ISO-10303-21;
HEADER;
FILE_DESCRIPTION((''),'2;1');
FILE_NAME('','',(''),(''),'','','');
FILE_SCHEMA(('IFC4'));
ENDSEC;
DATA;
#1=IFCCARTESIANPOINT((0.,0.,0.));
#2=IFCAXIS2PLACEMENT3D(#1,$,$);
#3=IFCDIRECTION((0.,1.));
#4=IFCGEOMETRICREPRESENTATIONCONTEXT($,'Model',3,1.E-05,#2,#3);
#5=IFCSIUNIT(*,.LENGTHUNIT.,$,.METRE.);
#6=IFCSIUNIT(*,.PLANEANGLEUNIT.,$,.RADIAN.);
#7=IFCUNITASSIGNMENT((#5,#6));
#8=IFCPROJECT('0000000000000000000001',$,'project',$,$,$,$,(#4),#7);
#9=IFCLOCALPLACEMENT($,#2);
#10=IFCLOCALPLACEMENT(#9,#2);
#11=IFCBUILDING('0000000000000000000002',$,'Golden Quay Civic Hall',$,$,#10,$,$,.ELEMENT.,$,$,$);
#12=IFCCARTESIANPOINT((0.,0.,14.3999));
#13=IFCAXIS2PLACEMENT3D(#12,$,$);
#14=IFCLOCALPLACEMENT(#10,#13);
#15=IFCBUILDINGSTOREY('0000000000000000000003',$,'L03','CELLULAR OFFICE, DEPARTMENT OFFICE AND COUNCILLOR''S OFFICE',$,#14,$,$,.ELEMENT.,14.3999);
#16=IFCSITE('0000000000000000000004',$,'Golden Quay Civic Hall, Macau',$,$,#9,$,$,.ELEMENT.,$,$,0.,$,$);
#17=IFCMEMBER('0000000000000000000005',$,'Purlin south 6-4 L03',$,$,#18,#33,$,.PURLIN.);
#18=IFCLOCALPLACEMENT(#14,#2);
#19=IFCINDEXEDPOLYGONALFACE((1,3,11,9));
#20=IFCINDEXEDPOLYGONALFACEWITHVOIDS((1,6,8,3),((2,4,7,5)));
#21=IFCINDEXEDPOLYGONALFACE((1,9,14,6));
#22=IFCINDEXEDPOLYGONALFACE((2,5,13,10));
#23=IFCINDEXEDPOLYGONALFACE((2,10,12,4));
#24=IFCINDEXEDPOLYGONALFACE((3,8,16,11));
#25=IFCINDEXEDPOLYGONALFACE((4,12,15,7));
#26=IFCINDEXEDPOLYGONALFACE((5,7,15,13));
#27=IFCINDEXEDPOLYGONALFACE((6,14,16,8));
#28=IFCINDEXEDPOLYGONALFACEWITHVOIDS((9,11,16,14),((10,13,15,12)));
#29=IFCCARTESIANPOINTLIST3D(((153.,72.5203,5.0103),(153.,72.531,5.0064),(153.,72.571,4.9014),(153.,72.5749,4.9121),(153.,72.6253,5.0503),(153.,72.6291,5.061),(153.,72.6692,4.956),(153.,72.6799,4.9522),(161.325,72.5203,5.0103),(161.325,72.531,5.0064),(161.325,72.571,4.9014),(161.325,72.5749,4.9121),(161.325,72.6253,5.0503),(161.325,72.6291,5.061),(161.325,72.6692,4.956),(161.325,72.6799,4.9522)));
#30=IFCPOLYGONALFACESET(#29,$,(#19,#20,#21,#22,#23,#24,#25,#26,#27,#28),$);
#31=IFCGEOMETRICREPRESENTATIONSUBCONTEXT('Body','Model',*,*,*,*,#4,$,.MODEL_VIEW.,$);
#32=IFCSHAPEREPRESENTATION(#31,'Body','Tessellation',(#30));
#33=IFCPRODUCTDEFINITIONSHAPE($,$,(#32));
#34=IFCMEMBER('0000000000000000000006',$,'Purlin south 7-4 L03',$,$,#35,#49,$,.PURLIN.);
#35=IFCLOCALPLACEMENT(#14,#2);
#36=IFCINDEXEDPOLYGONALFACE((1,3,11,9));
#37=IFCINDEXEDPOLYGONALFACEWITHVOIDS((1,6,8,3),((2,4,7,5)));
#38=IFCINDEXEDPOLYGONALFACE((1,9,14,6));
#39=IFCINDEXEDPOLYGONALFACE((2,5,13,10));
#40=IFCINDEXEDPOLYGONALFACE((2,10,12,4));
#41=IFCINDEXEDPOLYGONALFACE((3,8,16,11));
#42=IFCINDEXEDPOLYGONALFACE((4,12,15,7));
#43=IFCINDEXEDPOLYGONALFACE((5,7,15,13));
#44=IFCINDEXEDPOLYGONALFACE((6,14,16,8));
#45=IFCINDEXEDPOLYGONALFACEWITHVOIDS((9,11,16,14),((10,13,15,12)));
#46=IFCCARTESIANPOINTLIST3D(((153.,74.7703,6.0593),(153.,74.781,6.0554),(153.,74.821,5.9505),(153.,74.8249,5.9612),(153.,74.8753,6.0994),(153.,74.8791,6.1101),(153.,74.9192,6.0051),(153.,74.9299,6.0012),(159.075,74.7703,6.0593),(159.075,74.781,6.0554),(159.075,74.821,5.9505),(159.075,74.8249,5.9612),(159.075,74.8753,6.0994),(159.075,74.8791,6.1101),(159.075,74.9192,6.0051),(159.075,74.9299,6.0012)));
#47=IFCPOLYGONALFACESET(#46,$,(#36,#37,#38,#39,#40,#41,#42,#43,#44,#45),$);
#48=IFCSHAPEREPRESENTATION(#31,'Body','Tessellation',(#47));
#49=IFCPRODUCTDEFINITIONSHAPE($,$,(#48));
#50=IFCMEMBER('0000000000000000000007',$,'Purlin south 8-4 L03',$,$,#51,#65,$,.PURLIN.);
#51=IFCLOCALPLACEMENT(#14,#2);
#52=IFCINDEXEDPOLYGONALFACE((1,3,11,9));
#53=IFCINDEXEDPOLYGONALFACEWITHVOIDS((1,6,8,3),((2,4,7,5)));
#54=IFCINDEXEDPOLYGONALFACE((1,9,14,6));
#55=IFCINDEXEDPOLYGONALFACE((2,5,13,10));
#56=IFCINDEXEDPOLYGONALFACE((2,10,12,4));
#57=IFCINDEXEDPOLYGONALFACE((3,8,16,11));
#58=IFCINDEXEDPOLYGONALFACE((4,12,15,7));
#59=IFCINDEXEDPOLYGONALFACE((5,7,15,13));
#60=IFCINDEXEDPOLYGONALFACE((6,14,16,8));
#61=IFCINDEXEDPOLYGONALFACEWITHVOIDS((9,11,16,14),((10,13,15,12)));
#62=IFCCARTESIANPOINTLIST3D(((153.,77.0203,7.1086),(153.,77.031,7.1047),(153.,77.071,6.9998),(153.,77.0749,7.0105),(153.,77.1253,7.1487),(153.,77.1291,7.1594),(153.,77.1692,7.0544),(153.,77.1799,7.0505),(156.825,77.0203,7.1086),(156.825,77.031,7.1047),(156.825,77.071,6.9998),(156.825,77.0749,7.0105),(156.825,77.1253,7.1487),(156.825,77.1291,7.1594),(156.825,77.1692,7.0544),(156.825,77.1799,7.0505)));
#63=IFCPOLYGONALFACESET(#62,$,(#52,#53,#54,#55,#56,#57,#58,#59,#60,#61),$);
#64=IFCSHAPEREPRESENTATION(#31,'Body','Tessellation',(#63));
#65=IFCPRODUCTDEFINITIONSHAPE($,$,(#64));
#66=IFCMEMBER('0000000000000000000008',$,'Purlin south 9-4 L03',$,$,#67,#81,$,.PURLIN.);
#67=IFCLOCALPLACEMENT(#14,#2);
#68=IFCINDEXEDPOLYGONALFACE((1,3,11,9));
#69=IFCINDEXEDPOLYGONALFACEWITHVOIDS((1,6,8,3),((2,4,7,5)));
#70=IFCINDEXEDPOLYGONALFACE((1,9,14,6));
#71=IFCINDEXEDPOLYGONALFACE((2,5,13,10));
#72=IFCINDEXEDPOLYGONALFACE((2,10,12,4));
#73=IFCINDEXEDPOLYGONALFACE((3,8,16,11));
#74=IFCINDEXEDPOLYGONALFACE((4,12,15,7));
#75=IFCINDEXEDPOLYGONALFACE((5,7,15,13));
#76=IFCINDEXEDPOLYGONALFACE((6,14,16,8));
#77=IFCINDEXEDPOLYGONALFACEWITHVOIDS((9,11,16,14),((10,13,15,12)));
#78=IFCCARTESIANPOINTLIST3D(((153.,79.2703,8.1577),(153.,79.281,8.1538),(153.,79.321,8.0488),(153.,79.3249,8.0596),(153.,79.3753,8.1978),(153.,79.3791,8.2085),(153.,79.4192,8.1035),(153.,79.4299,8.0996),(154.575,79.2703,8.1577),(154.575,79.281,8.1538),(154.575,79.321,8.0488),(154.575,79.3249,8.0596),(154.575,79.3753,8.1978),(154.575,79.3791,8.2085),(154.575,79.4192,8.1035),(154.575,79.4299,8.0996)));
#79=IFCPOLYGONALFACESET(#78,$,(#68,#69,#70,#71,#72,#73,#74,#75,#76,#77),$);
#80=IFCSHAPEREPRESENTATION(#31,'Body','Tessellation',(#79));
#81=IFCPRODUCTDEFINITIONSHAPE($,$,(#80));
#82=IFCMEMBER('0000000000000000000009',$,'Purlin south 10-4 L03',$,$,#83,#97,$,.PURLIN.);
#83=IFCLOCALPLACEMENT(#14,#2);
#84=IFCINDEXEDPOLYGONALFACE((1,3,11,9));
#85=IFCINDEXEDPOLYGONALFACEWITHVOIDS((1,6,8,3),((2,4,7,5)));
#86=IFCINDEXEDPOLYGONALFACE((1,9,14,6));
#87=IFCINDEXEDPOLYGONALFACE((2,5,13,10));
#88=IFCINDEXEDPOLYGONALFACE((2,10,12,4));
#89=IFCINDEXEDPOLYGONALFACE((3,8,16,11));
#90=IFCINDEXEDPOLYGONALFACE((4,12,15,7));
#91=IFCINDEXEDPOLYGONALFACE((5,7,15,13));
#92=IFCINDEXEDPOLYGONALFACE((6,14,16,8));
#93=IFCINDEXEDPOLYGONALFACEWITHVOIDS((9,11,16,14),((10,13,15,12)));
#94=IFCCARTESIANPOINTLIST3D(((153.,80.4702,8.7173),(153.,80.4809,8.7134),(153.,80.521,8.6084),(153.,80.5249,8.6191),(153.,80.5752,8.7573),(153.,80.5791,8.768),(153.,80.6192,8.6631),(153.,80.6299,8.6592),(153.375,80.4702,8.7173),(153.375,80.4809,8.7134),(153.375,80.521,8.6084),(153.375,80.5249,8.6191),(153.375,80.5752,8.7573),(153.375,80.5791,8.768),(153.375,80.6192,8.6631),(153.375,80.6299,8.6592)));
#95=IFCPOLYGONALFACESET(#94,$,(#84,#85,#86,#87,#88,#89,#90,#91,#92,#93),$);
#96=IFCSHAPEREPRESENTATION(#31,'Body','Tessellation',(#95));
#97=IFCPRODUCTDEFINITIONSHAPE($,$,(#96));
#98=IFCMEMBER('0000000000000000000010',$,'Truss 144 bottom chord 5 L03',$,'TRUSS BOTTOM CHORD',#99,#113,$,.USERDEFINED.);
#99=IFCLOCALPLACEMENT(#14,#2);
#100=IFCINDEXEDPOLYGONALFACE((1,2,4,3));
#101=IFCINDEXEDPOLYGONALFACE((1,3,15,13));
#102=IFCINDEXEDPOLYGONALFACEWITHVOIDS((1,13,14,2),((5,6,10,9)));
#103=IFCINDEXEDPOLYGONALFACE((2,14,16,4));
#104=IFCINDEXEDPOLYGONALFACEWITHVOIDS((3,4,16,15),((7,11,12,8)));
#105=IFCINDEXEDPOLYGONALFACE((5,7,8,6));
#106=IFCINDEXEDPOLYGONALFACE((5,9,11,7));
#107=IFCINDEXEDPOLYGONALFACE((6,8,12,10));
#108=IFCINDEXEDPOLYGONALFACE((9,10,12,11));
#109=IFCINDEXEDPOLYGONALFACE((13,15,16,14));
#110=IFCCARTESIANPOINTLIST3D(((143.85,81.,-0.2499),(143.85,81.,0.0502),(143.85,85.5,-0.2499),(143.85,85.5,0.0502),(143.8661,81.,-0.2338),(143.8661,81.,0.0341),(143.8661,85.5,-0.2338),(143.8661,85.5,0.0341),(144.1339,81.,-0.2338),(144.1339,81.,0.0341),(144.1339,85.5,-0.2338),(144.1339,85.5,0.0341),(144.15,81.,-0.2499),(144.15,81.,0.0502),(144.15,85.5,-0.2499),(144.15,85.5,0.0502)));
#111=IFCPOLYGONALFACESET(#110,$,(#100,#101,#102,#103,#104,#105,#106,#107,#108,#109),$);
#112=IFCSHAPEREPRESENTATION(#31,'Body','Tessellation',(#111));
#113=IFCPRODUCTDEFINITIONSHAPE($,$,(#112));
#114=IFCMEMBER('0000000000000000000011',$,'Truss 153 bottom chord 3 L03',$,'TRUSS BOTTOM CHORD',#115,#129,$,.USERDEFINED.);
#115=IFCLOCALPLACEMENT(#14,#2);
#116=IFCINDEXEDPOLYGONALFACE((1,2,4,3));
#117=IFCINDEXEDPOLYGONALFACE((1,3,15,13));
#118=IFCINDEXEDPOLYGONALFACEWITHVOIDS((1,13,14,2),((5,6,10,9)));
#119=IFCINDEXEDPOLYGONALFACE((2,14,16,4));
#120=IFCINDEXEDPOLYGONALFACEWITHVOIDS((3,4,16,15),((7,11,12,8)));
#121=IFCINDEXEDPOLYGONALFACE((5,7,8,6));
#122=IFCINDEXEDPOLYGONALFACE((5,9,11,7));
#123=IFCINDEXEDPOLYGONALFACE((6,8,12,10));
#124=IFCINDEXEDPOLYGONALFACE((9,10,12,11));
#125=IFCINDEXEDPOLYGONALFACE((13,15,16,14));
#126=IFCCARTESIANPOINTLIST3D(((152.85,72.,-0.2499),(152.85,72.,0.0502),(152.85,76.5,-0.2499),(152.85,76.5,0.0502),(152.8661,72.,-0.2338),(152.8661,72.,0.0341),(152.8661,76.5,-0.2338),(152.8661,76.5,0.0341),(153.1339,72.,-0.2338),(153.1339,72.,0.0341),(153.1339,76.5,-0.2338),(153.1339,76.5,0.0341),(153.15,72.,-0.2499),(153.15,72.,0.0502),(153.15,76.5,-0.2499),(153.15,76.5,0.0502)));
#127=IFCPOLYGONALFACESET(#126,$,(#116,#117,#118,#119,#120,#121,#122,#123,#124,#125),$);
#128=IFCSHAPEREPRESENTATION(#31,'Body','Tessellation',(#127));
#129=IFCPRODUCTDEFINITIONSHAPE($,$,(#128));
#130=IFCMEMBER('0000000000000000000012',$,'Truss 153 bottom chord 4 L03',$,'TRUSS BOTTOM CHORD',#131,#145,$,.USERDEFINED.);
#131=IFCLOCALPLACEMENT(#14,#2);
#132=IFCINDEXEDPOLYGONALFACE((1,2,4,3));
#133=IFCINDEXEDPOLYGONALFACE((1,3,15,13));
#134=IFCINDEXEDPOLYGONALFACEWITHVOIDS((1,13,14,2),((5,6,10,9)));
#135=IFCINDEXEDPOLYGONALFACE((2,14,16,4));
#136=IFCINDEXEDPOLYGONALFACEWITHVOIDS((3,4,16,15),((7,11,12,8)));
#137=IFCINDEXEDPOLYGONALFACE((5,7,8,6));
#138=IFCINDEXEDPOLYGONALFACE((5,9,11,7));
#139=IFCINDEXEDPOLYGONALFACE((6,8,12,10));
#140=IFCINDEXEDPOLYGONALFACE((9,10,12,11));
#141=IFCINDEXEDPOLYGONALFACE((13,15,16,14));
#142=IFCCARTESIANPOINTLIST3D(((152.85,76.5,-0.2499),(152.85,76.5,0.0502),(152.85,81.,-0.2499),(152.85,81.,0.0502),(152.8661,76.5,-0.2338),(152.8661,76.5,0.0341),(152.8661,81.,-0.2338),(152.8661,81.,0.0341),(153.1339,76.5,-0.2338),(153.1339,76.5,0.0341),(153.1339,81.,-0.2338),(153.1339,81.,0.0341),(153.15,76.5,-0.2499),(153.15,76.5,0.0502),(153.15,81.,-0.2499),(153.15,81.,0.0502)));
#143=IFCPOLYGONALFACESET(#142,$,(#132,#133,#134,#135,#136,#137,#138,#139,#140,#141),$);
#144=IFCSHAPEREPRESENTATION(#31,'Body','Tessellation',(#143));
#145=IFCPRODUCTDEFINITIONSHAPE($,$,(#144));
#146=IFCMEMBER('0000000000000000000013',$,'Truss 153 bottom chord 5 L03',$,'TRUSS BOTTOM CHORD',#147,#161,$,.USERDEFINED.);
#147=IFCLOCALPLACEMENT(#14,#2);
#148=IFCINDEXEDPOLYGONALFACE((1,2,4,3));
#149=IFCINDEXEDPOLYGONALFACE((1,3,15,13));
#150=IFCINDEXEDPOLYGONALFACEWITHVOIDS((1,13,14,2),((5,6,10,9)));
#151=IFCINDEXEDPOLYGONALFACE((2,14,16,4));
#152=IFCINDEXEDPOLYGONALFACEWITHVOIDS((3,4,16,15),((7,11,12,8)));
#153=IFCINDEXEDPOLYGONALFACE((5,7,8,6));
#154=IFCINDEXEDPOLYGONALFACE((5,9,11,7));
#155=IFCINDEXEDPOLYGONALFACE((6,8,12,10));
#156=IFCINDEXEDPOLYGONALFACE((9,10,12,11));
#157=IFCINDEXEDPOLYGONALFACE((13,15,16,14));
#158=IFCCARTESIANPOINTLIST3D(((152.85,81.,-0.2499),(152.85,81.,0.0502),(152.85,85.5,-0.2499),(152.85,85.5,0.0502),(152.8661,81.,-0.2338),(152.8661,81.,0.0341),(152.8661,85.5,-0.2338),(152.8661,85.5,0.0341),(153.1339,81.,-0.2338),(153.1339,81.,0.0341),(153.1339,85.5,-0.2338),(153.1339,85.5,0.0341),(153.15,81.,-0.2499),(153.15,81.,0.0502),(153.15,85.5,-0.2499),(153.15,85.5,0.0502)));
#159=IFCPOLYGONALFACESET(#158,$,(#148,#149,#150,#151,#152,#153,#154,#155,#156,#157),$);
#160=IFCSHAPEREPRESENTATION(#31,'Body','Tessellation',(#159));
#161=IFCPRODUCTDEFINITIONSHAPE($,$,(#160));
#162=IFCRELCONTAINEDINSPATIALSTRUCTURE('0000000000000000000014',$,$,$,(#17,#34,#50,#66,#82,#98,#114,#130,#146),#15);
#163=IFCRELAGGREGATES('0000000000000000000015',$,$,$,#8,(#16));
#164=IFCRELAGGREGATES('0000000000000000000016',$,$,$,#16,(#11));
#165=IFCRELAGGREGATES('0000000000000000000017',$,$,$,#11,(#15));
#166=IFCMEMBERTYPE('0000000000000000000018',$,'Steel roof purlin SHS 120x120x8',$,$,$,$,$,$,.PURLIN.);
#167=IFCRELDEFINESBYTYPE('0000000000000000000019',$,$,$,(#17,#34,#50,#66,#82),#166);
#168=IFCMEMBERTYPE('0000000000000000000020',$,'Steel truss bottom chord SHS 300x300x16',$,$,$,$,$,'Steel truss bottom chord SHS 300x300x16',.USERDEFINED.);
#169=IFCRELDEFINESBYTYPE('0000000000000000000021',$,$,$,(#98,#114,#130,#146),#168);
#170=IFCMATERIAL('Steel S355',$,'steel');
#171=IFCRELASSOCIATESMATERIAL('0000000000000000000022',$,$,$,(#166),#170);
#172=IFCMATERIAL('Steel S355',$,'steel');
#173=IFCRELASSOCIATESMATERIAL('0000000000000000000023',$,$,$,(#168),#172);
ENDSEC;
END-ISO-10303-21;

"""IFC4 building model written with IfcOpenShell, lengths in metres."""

from ifc_helpers import new_model, si_unit, direction, frame, origin, origin_2d, place, context, subcontext, project, spatial, hollow_rectangle, extrude, material, material_profile, profile_set, type_object, element, save


model = new_model("IFC4")

# Units and contexts
model_context = context("Model", 3, precision=1e-05, world=origin(), true_north=direction((0.0, 1.0)))
body_context = subcontext(model_context, "Body", "Model", "MODEL_VIEW")
ifc_project = project(units=[si_unit("LENGTHUNIT", "METRE"), si_unit("PLANEANGLEUNIT", "RADIAN")], contexts=[model_context])

# Site, building, storey
site_placement = place(None, origin())
site = spatial("IfcSite", under=ifc_project, at=site_placement, Name="Golden Quay Civic Hall, Macau", CompositionType="ELEMENT", RefElevation=0.0)
building_placement = place(site_placement, origin())
building = spatial("IfcBuilding", under=site, at=building_placement, Name="Golden Quay Civic Hall", CompositionType="ELEMENT")
storey_placement = place(building_placement, frame((0.0, 0.0, 14.3999)))
storey = spatial("IfcBuildingStorey", under=building, at=storey_placement, Name="L03", Description="CELLULAR OFFICE, DEPARTMENT OFFICE AND COUNCILLOR'S OFFICE", CompositionType="ELEMENT", Elevation=14.3999)

# Members
ifc_material_1 = material(Name="Steel S355", Category="steel")
ifc_material_profile_1 = material_profile(ifc_material_1, hollow_rectangle(XDim=0.1201, YDim=0.1201, WallThickness=0.0081, at=origin_2d()), Name="SHS 120x120x8")
ifc_profile_set_1 = profile_set([ifc_material_profile_1], Name="Steel S355")
member_type_1 = type_object("IfcMemberType", Name="Steel roof purlin SHS 120x120x8", PredefinedType="PURLIN", material=ifc_profile_set_1)
member_1_placement = place(storey_placement, frame((153.0, 72.6001, 4.9812), z_axis=(1.0, 0.0, 0.0), x_axis=(0.0, 0.906308, 0.422618)))
element("IfcMember", 1, at=member_1_placement, inside=storey, type_object=member_type_1, Name="Purlin south 6-4 L03", PredefinedType="PURLIN", context=body_context, shape_type="SweptSolid", body=[
    extrude(hollow_rectangle(XDim=0.1201, YDim=0.1201, WallThickness=0.0081, at=origin_2d()), origin(), (0.0, 0.0, 1.0), 8.325),
])
member_2_placement = place(storey_placement, frame((153.0, 74.8501, 6.0303), z_axis=(1.0, 0.0, 0.0), x_axis=(0.0, 0.906308, 0.422618)))
element("IfcMember", 2, at=member_2_placement, inside=storey, type_object=member_type_1, Name="Purlin south 7-4 L03", PredefinedType="PURLIN", context=body_context, shape_type="SweptSolid", body=[
    extrude(hollow_rectangle(XDim=0.1201, YDim=0.1201, WallThickness=0.0081, at=origin_2d()), origin(), (0.0, 0.0, 1.0), 6.075),
])
member_3_placement = place(storey_placement, frame((153.0, 77.1001, 7.0796), z_axis=(1.0, 0.0, 0.0), x_axis=(0.0, 0.906308, 0.422618)))
element("IfcMember", 3, at=member_3_placement, inside=storey, type_object=member_type_1, Name="Purlin south 8-4 L03", PredefinedType="PURLIN", context=body_context, shape_type="SweptSolid", body=[
    extrude(hollow_rectangle(XDim=0.1201, YDim=0.1201, WallThickness=0.0081, at=origin_2d()), origin(), (0.0, 0.0, 1.0), 3.825),
])
member_4_placement = place(storey_placement, frame((153.0, 79.3501, 8.1287), z_axis=(1.0, 0.0, 0.0), x_axis=(0.0, 0.906308, 0.422618)))
element("IfcMember", 4, at=member_4_placement, inside=storey, type_object=member_type_1, Name="Purlin south 9-4 L03", PredefinedType="PURLIN", context=body_context, shape_type="SweptSolid", body=[
    extrude(hollow_rectangle(XDim=0.1201, YDim=0.1201, WallThickness=0.0081, at=origin_2d()), origin(), (0.0, 0.0, 1.0), 1.575),
])
member_5_placement = place(storey_placement, frame((153.0, 80.55, 8.6882), z_axis=(1.0, 0.0, 0.0), x_axis=(0.0, 0.906308, 0.422618)))
element("IfcMember", 5, at=member_5_placement, inside=storey, type_object=member_type_1, Name="Purlin south 10-4 L03", PredefinedType="PURLIN", context=body_context, shape_type="SweptSolid", body=[
    extrude(hollow_rectangle(XDim=0.1201, YDim=0.1201, WallThickness=0.0081, at=origin_2d()), origin(), (0.0, 0.0, 1.0), 0.375),
])
ifc_material_2 = material(Name="Steel S355", Category="steel")
ifc_material_profile_2 = material_profile(ifc_material_2, hollow_rectangle(XDim=0.3, YDim=0.3, WallThickness=0.0161, at=origin_2d()), Name="SHS 300x300x16")
ifc_profile_set_2 = profile_set([ifc_material_profile_2], Name="Steel S355")
member_type_2 = type_object("IfcMemberType", Name="Steel truss bottom chord SHS 300x300x16", ElementType="Steel truss bottom chord SHS 300x300x16", PredefinedType="USERDEFINED", material=ifc_profile_set_2)
for number, where, z_axis, x_axis, name in (
    (6, (144.0, 81.0, -0.0999), (0.0, 1.0, 0.0), (-1.0, 0.0, 0.0), "Truss 144 bottom chord 5 L03"),
    (7, (153.0, 72.0, -0.0999), (0.0, 1.0, 0.0), (-1.0, 0.0, 0.0), "Truss 153 bottom chord 3 L03"),
    (8, (153.0, 76.5, -0.0999), (0.0, 1.0, 0.0), (-1.0, 0.0, 0.0), "Truss 153 bottom chord 4 L03"),
    (9, (153.0, 81.0, -0.0999), (0.0, 1.0, 0.0), (-1.0, 0.0, 0.0), "Truss 153 bottom chord 5 L03"),
):
    element("IfcMember", number, at=place(storey_placement, frame(where, z_axis=z_axis, x_axis=x_axis)), inside=storey, type_object=member_type_2, Name=name, ObjectType="TRUSS BOTTOM CHORD", PredefinedType="USERDEFINED", context=body_context, shape_type="SweptSolid", body=[
        extrude(hollow_rectangle(XDim=0.3, YDim=0.3, WallThickness=0.0161, at=origin_2d()), origin(), (0.0, 0.0, 1.0), 4.5),
    ])

save(model, "model.ifc")
